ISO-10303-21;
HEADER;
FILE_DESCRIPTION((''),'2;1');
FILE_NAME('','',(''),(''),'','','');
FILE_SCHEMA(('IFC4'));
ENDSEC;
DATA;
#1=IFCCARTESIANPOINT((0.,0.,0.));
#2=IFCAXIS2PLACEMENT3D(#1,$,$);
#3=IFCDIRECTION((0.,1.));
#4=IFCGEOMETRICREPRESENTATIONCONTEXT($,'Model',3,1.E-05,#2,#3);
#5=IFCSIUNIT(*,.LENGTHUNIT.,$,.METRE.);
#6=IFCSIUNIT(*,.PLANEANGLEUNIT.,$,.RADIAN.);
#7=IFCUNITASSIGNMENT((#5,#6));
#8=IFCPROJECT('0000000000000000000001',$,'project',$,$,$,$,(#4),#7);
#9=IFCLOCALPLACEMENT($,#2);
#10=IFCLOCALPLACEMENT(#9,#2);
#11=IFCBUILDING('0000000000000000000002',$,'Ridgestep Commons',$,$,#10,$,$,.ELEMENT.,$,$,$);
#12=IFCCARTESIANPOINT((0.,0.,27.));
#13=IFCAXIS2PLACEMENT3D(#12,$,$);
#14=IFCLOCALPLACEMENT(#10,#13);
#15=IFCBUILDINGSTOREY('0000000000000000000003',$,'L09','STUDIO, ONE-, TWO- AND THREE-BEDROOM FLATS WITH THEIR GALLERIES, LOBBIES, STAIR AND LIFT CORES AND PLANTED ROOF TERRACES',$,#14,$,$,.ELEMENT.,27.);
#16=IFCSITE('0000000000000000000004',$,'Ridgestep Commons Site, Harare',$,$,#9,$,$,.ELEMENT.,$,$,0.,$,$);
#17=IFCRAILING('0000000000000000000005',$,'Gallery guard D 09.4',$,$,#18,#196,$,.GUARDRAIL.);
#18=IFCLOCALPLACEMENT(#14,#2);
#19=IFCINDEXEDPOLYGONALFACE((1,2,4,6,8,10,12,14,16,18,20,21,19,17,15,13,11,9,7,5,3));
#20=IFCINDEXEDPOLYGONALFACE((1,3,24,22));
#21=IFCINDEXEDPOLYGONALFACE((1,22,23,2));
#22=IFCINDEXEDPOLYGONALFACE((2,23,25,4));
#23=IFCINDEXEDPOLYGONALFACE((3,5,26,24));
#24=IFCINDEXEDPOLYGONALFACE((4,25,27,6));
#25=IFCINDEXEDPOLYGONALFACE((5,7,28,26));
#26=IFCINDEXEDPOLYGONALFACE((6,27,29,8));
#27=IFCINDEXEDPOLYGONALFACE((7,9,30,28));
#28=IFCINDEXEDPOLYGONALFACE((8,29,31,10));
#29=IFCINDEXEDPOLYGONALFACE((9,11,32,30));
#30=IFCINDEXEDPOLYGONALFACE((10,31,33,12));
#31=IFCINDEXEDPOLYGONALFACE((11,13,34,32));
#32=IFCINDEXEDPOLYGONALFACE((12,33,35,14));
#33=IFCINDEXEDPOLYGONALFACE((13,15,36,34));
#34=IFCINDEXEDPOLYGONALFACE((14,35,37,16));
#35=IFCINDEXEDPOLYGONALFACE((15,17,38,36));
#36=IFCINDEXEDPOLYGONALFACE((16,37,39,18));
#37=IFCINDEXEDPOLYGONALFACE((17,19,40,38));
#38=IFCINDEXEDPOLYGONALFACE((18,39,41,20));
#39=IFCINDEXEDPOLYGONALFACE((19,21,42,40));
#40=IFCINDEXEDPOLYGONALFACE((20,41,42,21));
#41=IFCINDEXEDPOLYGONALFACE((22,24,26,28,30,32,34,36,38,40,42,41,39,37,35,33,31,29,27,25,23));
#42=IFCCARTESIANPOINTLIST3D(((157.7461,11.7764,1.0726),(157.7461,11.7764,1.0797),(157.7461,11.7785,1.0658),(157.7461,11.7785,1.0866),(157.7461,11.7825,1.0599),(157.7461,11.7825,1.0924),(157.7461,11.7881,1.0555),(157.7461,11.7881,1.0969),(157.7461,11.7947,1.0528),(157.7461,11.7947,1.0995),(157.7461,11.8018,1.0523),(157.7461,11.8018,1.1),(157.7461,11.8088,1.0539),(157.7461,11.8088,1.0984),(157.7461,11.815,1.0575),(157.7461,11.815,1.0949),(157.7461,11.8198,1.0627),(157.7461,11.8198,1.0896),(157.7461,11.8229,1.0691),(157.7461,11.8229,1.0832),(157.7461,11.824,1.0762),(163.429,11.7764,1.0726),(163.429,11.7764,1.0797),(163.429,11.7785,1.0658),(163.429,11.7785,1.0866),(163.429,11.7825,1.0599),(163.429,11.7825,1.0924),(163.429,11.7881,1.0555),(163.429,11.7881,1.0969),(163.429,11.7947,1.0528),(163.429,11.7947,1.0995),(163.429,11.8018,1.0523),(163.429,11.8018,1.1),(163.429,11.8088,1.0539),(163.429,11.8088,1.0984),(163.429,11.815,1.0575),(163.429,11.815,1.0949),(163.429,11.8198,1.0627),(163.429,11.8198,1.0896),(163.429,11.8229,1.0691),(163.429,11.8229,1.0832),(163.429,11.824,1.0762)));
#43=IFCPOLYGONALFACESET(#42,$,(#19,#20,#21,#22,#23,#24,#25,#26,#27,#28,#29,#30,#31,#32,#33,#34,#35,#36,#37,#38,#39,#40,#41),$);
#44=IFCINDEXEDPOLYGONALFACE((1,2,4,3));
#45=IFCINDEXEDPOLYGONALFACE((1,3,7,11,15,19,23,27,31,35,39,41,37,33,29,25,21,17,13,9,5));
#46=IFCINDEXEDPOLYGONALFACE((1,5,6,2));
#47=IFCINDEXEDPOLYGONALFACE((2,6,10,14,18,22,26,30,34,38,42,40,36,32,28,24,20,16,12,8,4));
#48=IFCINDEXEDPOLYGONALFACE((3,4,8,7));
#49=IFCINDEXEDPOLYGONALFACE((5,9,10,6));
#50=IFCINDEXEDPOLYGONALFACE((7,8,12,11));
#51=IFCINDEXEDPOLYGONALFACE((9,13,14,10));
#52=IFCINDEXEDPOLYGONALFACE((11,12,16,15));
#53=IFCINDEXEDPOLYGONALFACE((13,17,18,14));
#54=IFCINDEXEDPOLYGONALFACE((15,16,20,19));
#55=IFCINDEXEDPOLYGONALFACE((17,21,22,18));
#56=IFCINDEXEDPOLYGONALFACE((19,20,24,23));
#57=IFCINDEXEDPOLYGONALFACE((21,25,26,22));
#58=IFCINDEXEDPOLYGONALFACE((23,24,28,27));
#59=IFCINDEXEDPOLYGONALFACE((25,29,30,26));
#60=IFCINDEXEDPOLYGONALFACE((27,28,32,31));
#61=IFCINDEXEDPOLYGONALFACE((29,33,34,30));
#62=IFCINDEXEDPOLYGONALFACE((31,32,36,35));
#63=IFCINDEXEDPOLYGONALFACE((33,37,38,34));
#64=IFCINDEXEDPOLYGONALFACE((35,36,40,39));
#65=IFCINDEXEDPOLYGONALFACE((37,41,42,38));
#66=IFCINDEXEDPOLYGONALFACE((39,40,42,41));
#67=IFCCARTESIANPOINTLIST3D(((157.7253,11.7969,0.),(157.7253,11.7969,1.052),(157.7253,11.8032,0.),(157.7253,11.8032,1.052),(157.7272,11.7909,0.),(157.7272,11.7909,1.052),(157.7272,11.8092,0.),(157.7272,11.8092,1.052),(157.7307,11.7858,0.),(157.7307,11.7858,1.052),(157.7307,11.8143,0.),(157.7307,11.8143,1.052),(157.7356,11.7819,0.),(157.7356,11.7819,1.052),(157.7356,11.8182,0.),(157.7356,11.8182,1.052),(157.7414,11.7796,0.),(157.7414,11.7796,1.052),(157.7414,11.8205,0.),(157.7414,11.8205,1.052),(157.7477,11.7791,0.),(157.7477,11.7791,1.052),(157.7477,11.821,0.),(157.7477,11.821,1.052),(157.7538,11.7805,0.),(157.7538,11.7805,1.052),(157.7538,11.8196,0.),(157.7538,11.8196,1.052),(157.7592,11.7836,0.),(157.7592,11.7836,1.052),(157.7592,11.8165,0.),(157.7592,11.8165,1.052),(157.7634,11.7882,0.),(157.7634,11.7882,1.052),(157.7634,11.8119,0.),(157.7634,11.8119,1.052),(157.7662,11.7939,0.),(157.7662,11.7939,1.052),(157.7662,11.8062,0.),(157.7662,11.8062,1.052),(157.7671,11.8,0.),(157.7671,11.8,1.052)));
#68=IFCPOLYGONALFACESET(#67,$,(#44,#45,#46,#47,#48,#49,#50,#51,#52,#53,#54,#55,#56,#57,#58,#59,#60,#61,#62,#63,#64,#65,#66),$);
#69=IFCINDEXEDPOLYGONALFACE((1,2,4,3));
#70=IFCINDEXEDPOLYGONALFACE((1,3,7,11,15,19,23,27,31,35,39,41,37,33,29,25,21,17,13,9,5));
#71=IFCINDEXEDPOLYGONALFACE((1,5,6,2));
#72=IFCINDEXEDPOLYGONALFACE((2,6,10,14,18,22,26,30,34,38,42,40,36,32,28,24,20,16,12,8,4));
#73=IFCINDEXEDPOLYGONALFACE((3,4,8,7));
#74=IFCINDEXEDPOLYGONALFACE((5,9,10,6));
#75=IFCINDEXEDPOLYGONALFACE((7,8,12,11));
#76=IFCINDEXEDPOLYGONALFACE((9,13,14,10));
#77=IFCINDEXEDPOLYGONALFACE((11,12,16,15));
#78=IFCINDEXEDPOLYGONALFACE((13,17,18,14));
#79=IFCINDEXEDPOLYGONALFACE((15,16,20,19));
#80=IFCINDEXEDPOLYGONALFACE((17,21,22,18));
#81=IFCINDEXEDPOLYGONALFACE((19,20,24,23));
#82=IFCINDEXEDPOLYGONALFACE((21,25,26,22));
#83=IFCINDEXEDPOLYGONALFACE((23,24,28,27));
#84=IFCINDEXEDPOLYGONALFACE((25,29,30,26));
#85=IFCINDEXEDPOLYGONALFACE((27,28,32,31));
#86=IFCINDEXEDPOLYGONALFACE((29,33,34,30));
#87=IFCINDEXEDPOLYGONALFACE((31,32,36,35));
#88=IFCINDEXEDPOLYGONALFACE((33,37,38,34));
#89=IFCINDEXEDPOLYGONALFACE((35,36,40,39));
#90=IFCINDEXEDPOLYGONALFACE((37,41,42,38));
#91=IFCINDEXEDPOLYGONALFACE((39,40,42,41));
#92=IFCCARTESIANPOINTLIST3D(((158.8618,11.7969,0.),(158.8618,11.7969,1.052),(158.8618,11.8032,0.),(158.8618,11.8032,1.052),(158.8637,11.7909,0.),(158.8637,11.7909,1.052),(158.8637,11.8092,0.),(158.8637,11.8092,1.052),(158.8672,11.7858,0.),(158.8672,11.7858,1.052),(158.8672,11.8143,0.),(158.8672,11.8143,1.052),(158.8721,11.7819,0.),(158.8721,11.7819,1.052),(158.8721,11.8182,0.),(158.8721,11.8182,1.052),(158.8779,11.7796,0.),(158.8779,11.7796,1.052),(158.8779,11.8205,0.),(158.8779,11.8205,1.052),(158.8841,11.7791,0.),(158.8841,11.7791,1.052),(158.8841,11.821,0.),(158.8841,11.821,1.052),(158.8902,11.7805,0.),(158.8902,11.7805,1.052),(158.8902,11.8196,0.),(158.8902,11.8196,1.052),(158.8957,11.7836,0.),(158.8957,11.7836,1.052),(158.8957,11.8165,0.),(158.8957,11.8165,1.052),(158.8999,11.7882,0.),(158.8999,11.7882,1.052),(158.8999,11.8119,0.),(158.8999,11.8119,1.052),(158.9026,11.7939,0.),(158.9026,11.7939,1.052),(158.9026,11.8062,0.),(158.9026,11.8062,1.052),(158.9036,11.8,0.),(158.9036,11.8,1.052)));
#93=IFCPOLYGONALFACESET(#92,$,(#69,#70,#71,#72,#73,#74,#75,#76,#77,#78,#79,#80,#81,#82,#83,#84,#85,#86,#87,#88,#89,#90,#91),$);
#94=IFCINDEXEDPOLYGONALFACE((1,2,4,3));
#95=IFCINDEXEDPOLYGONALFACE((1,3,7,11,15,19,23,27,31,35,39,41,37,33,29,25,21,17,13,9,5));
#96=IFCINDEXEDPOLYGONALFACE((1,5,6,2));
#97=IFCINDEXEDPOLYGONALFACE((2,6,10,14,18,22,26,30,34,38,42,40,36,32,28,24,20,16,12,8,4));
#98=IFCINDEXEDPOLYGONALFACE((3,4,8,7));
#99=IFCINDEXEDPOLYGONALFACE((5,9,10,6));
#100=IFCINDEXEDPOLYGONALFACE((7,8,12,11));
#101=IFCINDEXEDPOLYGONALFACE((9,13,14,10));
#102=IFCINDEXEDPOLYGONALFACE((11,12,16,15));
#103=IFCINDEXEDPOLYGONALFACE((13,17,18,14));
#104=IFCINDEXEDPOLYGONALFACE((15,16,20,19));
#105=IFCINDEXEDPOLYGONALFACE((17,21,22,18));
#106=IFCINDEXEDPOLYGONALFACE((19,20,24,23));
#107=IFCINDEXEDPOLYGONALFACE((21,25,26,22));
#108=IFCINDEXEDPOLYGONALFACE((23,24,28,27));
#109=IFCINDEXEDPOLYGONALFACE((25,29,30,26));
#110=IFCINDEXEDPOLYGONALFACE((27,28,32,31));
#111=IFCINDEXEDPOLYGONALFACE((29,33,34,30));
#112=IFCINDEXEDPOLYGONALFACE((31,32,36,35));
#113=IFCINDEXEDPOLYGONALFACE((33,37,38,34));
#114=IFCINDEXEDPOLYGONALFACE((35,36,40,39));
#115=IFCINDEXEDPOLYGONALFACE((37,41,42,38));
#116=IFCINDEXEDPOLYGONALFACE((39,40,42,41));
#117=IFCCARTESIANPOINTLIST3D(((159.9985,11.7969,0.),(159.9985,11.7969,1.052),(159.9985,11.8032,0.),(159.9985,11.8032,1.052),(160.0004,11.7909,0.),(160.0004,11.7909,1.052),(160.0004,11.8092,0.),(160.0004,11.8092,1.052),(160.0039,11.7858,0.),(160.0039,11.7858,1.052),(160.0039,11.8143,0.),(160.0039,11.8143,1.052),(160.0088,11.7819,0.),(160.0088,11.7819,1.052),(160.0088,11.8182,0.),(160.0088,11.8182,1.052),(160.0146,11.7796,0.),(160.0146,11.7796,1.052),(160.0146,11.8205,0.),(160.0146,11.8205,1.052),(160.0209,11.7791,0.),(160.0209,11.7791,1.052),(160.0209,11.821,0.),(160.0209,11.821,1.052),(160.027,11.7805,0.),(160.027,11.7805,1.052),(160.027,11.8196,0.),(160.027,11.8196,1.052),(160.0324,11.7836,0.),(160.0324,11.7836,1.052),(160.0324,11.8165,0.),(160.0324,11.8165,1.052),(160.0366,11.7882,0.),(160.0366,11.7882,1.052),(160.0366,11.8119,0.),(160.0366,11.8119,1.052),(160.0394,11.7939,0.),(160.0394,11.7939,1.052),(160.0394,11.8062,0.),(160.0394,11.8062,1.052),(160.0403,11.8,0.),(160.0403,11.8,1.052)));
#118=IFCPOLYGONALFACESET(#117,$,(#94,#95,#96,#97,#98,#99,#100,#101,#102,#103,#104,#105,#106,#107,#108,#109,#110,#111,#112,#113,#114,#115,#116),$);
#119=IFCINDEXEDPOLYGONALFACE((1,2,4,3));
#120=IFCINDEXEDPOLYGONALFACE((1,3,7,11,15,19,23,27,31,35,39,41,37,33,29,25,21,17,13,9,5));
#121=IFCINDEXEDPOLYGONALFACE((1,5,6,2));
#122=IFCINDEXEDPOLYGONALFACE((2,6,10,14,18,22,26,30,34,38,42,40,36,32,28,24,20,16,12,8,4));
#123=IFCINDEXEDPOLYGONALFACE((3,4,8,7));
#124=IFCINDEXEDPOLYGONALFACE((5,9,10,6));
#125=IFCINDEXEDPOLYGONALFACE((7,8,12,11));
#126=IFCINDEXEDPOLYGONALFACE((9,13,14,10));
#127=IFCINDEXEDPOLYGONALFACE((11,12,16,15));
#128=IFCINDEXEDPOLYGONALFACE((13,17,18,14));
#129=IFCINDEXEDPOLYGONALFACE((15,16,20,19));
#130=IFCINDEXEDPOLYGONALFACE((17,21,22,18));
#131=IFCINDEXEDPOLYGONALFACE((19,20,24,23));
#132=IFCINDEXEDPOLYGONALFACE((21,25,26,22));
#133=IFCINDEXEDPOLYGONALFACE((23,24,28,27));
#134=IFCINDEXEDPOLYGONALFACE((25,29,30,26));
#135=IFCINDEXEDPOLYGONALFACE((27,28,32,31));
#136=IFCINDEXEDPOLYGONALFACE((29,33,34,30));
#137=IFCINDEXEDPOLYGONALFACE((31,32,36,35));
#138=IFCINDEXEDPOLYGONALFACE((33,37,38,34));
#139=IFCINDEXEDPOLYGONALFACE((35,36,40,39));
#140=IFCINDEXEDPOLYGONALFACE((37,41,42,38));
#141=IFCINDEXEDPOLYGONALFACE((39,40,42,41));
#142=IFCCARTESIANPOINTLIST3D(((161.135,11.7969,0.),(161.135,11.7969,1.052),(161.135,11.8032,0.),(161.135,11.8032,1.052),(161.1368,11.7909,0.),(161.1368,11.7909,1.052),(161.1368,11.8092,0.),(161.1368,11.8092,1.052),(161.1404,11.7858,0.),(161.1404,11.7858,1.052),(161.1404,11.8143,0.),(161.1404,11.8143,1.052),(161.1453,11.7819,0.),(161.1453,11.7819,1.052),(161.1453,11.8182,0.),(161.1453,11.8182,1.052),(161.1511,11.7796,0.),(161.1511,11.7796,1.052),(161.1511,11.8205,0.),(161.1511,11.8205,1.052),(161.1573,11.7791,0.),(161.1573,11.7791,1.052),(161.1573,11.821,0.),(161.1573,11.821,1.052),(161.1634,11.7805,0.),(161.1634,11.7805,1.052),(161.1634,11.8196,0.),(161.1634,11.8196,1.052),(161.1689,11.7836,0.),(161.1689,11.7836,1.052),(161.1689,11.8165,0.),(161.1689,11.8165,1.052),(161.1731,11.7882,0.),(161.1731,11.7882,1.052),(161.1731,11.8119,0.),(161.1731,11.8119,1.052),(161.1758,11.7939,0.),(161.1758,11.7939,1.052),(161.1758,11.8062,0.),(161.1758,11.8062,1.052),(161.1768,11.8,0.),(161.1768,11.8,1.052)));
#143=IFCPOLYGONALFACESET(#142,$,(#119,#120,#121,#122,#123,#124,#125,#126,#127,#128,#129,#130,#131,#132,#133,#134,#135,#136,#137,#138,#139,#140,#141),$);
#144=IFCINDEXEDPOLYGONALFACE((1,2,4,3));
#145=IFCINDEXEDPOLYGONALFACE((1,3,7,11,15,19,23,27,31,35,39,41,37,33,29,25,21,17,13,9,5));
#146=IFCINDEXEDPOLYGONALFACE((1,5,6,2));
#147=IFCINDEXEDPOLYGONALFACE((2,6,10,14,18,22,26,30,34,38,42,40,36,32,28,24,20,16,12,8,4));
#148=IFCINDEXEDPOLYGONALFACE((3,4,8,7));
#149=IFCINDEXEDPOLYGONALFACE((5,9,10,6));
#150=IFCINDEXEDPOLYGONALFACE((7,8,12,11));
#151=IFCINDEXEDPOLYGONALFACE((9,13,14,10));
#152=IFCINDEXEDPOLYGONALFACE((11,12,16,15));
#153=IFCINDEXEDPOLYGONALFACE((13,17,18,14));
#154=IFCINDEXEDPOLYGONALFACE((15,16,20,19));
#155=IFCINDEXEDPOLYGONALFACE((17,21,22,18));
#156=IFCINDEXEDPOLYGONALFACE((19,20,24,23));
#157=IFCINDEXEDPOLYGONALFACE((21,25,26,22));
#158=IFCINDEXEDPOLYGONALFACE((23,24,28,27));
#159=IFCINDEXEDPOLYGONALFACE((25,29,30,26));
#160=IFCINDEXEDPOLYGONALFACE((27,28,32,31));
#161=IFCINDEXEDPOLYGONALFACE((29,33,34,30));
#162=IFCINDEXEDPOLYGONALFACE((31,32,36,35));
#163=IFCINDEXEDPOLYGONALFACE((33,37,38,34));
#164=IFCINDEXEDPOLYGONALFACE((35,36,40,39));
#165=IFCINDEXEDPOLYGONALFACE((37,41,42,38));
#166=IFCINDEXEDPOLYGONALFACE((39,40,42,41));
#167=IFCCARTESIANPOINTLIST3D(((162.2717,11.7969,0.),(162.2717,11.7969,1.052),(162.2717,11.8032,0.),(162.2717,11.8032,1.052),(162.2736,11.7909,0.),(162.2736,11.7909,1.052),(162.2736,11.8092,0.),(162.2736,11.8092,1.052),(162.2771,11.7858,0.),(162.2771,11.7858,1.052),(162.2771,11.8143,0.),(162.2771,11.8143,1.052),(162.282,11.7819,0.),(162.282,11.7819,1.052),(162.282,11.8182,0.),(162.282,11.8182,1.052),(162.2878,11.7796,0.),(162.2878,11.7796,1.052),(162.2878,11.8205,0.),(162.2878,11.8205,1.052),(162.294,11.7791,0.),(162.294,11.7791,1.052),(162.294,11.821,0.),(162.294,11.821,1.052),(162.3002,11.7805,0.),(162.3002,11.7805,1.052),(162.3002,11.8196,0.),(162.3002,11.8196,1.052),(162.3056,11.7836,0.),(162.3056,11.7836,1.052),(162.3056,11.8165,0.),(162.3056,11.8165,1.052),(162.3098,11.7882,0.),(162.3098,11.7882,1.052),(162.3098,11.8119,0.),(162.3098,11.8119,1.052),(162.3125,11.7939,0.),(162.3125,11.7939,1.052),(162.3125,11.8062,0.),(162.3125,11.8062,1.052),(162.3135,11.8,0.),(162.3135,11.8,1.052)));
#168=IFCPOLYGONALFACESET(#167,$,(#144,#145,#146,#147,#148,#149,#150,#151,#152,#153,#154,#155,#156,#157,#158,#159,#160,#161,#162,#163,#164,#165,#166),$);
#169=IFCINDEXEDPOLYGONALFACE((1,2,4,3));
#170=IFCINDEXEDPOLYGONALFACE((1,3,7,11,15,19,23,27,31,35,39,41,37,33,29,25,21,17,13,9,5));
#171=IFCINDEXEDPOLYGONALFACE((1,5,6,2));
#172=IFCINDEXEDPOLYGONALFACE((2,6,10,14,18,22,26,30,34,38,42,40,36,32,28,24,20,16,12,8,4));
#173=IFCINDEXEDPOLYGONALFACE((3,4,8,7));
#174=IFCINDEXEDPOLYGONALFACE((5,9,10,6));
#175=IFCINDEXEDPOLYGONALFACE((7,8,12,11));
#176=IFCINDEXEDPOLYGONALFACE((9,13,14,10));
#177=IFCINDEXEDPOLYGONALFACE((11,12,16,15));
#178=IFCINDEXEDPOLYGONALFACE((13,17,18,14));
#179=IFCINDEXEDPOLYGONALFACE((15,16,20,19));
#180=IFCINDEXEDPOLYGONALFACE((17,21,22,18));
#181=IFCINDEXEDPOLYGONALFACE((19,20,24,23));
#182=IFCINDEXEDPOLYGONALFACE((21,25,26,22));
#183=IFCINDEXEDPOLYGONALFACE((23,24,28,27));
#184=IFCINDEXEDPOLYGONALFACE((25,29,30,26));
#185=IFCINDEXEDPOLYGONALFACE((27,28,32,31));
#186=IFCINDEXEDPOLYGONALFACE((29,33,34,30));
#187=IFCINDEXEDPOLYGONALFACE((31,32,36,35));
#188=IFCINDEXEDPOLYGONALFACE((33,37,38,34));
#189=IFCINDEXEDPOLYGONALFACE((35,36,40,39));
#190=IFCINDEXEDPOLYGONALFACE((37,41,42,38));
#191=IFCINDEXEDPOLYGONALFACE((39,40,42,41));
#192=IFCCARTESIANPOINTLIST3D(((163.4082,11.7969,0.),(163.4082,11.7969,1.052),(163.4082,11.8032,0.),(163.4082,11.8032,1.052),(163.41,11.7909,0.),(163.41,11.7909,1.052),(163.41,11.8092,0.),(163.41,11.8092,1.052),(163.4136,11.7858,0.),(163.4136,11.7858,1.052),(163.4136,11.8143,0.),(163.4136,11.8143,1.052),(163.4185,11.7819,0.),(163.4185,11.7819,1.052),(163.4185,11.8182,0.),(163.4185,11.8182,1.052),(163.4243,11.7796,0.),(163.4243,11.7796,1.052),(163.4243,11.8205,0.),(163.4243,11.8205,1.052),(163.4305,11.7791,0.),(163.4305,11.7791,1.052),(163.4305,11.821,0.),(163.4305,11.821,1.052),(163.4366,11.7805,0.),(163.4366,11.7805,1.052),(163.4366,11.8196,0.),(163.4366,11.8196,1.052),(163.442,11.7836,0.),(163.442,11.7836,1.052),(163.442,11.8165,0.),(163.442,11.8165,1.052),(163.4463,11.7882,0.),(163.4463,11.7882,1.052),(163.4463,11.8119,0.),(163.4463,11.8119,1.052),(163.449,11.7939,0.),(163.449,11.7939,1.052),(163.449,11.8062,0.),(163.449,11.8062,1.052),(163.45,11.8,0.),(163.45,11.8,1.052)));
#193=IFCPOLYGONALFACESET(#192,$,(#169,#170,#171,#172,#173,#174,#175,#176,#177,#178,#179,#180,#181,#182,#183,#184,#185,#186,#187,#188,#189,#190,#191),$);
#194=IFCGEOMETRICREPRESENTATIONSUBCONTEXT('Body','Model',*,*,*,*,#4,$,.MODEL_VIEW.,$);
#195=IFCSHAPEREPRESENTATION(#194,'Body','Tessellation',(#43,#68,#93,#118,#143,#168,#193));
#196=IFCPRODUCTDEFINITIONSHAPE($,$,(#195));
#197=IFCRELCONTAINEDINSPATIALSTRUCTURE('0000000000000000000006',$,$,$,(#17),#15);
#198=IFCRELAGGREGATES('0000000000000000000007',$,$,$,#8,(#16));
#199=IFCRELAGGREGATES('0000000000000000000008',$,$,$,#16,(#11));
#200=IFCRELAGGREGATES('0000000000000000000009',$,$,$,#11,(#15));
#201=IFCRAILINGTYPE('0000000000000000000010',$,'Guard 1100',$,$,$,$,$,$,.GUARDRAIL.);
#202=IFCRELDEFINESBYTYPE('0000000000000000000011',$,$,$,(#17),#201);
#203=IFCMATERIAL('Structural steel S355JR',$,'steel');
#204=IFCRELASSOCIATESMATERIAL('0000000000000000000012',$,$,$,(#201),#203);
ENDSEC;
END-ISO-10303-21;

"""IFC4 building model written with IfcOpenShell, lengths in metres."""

from ifc_helpers import new_model, si_unit, direction, frame, origin, origin_2d, place, context, subcontext, project, spatial, circle, extrude, material, type_object, element, save


model = new_model("IFC4")

# Units and contexts
model_context = context("Model", 3, precision=1e-05, world=origin(), true_north=direction((0.0, 1.0)))
body_context = subcontext(model_context, "Body", "Model", "MODEL_VIEW")
ifc_project = project(units=[si_unit("LENGTHUNIT", "METRE"), si_unit("PLANEANGLEUNIT", "RADIAN")], contexts=[model_context])

# Site, building, storey
site_placement = place(None, origin())
site = spatial("IfcSite", under=ifc_project, at=site_placement, Name="Ridgestep Commons Site, Harare", CompositionType="ELEMENT", RefElevation=0.0)
building_placement = place(site_placement, origin())
building = spatial("IfcBuilding", under=site, at=building_placement, Name="Ridgestep Commons", CompositionType="ELEMENT")
storey_placement = place(building_placement, frame((0.0, 0.0, 27.0)))
storey = spatial("IfcBuildingStorey", under=building, at=storey_placement, Name="L09", Description="STUDIO, ONE-, TWO- AND THREE-BEDROOM FLATS WITH THEIR GALLERIES, LOBBIES, STAIR AND LIFT CORES AND PLANTED ROOF TERRACES", CompositionType="ELEMENT", Elevation=27.0)

# Railing
ifc_material_1 = material(Name="Structural steel S355JR", Category="steel")
railing_type_1 = type_object("IfcRailingType", Name="Guard 1100", PredefinedType="GUARDRAIL", material=ifc_material_1)
railing_1_placement = place(storey_placement, frame((157.7461, 11.8, 0.0)))
element("IfcRailing", 1, at=railing_1_placement, inside=storey, type_object=railing_type_1, Name="Gallery guard D 09.4", PredefinedType="GUARDRAIL", context=body_context, shape_type="SweptSolid", body=[
    extrude(circle(Radius=0.0239, at=origin_2d()), frame((0.0, 0.0, 1.0762), z_axis=(1.0, 0.0, 0.0), x_axis=(0.0, 1.0, 0.0)), (0.0, 0.0, 1.0), 5.6829),
    extrude(circle(Radius=0.021, at=origin_2d()), origin(), (0.0, 0.0, 1.0), 1.052),
    extrude(circle(Radius=0.021, at=origin_2d()), frame((1.1365, 0.0, 0.0)), (0.0, 0.0, 1.0), 1.052),
    extrude(circle(Radius=0.021, at=origin_2d()), frame((2.2732, 0.0, 0.0)), (0.0, 0.0, 1.0), 1.052),
    extrude(circle(Radius=0.021, at=origin_2d()), frame((3.4097, 0.0, 0.0)), (0.0, 0.0, 1.0), 1.052),
    extrude(circle(Radius=0.021, at=origin_2d()), frame((4.5464, 0.0, 0.0)), (0.0, 0.0, 1.0), 1.052),
    extrude(circle(Radius=0.021, at=origin_2d()), frame((5.6829, 0.0, 0.0)), (0.0, 0.0, 1.0), 1.052),
])

save(model, "model.ifc")
